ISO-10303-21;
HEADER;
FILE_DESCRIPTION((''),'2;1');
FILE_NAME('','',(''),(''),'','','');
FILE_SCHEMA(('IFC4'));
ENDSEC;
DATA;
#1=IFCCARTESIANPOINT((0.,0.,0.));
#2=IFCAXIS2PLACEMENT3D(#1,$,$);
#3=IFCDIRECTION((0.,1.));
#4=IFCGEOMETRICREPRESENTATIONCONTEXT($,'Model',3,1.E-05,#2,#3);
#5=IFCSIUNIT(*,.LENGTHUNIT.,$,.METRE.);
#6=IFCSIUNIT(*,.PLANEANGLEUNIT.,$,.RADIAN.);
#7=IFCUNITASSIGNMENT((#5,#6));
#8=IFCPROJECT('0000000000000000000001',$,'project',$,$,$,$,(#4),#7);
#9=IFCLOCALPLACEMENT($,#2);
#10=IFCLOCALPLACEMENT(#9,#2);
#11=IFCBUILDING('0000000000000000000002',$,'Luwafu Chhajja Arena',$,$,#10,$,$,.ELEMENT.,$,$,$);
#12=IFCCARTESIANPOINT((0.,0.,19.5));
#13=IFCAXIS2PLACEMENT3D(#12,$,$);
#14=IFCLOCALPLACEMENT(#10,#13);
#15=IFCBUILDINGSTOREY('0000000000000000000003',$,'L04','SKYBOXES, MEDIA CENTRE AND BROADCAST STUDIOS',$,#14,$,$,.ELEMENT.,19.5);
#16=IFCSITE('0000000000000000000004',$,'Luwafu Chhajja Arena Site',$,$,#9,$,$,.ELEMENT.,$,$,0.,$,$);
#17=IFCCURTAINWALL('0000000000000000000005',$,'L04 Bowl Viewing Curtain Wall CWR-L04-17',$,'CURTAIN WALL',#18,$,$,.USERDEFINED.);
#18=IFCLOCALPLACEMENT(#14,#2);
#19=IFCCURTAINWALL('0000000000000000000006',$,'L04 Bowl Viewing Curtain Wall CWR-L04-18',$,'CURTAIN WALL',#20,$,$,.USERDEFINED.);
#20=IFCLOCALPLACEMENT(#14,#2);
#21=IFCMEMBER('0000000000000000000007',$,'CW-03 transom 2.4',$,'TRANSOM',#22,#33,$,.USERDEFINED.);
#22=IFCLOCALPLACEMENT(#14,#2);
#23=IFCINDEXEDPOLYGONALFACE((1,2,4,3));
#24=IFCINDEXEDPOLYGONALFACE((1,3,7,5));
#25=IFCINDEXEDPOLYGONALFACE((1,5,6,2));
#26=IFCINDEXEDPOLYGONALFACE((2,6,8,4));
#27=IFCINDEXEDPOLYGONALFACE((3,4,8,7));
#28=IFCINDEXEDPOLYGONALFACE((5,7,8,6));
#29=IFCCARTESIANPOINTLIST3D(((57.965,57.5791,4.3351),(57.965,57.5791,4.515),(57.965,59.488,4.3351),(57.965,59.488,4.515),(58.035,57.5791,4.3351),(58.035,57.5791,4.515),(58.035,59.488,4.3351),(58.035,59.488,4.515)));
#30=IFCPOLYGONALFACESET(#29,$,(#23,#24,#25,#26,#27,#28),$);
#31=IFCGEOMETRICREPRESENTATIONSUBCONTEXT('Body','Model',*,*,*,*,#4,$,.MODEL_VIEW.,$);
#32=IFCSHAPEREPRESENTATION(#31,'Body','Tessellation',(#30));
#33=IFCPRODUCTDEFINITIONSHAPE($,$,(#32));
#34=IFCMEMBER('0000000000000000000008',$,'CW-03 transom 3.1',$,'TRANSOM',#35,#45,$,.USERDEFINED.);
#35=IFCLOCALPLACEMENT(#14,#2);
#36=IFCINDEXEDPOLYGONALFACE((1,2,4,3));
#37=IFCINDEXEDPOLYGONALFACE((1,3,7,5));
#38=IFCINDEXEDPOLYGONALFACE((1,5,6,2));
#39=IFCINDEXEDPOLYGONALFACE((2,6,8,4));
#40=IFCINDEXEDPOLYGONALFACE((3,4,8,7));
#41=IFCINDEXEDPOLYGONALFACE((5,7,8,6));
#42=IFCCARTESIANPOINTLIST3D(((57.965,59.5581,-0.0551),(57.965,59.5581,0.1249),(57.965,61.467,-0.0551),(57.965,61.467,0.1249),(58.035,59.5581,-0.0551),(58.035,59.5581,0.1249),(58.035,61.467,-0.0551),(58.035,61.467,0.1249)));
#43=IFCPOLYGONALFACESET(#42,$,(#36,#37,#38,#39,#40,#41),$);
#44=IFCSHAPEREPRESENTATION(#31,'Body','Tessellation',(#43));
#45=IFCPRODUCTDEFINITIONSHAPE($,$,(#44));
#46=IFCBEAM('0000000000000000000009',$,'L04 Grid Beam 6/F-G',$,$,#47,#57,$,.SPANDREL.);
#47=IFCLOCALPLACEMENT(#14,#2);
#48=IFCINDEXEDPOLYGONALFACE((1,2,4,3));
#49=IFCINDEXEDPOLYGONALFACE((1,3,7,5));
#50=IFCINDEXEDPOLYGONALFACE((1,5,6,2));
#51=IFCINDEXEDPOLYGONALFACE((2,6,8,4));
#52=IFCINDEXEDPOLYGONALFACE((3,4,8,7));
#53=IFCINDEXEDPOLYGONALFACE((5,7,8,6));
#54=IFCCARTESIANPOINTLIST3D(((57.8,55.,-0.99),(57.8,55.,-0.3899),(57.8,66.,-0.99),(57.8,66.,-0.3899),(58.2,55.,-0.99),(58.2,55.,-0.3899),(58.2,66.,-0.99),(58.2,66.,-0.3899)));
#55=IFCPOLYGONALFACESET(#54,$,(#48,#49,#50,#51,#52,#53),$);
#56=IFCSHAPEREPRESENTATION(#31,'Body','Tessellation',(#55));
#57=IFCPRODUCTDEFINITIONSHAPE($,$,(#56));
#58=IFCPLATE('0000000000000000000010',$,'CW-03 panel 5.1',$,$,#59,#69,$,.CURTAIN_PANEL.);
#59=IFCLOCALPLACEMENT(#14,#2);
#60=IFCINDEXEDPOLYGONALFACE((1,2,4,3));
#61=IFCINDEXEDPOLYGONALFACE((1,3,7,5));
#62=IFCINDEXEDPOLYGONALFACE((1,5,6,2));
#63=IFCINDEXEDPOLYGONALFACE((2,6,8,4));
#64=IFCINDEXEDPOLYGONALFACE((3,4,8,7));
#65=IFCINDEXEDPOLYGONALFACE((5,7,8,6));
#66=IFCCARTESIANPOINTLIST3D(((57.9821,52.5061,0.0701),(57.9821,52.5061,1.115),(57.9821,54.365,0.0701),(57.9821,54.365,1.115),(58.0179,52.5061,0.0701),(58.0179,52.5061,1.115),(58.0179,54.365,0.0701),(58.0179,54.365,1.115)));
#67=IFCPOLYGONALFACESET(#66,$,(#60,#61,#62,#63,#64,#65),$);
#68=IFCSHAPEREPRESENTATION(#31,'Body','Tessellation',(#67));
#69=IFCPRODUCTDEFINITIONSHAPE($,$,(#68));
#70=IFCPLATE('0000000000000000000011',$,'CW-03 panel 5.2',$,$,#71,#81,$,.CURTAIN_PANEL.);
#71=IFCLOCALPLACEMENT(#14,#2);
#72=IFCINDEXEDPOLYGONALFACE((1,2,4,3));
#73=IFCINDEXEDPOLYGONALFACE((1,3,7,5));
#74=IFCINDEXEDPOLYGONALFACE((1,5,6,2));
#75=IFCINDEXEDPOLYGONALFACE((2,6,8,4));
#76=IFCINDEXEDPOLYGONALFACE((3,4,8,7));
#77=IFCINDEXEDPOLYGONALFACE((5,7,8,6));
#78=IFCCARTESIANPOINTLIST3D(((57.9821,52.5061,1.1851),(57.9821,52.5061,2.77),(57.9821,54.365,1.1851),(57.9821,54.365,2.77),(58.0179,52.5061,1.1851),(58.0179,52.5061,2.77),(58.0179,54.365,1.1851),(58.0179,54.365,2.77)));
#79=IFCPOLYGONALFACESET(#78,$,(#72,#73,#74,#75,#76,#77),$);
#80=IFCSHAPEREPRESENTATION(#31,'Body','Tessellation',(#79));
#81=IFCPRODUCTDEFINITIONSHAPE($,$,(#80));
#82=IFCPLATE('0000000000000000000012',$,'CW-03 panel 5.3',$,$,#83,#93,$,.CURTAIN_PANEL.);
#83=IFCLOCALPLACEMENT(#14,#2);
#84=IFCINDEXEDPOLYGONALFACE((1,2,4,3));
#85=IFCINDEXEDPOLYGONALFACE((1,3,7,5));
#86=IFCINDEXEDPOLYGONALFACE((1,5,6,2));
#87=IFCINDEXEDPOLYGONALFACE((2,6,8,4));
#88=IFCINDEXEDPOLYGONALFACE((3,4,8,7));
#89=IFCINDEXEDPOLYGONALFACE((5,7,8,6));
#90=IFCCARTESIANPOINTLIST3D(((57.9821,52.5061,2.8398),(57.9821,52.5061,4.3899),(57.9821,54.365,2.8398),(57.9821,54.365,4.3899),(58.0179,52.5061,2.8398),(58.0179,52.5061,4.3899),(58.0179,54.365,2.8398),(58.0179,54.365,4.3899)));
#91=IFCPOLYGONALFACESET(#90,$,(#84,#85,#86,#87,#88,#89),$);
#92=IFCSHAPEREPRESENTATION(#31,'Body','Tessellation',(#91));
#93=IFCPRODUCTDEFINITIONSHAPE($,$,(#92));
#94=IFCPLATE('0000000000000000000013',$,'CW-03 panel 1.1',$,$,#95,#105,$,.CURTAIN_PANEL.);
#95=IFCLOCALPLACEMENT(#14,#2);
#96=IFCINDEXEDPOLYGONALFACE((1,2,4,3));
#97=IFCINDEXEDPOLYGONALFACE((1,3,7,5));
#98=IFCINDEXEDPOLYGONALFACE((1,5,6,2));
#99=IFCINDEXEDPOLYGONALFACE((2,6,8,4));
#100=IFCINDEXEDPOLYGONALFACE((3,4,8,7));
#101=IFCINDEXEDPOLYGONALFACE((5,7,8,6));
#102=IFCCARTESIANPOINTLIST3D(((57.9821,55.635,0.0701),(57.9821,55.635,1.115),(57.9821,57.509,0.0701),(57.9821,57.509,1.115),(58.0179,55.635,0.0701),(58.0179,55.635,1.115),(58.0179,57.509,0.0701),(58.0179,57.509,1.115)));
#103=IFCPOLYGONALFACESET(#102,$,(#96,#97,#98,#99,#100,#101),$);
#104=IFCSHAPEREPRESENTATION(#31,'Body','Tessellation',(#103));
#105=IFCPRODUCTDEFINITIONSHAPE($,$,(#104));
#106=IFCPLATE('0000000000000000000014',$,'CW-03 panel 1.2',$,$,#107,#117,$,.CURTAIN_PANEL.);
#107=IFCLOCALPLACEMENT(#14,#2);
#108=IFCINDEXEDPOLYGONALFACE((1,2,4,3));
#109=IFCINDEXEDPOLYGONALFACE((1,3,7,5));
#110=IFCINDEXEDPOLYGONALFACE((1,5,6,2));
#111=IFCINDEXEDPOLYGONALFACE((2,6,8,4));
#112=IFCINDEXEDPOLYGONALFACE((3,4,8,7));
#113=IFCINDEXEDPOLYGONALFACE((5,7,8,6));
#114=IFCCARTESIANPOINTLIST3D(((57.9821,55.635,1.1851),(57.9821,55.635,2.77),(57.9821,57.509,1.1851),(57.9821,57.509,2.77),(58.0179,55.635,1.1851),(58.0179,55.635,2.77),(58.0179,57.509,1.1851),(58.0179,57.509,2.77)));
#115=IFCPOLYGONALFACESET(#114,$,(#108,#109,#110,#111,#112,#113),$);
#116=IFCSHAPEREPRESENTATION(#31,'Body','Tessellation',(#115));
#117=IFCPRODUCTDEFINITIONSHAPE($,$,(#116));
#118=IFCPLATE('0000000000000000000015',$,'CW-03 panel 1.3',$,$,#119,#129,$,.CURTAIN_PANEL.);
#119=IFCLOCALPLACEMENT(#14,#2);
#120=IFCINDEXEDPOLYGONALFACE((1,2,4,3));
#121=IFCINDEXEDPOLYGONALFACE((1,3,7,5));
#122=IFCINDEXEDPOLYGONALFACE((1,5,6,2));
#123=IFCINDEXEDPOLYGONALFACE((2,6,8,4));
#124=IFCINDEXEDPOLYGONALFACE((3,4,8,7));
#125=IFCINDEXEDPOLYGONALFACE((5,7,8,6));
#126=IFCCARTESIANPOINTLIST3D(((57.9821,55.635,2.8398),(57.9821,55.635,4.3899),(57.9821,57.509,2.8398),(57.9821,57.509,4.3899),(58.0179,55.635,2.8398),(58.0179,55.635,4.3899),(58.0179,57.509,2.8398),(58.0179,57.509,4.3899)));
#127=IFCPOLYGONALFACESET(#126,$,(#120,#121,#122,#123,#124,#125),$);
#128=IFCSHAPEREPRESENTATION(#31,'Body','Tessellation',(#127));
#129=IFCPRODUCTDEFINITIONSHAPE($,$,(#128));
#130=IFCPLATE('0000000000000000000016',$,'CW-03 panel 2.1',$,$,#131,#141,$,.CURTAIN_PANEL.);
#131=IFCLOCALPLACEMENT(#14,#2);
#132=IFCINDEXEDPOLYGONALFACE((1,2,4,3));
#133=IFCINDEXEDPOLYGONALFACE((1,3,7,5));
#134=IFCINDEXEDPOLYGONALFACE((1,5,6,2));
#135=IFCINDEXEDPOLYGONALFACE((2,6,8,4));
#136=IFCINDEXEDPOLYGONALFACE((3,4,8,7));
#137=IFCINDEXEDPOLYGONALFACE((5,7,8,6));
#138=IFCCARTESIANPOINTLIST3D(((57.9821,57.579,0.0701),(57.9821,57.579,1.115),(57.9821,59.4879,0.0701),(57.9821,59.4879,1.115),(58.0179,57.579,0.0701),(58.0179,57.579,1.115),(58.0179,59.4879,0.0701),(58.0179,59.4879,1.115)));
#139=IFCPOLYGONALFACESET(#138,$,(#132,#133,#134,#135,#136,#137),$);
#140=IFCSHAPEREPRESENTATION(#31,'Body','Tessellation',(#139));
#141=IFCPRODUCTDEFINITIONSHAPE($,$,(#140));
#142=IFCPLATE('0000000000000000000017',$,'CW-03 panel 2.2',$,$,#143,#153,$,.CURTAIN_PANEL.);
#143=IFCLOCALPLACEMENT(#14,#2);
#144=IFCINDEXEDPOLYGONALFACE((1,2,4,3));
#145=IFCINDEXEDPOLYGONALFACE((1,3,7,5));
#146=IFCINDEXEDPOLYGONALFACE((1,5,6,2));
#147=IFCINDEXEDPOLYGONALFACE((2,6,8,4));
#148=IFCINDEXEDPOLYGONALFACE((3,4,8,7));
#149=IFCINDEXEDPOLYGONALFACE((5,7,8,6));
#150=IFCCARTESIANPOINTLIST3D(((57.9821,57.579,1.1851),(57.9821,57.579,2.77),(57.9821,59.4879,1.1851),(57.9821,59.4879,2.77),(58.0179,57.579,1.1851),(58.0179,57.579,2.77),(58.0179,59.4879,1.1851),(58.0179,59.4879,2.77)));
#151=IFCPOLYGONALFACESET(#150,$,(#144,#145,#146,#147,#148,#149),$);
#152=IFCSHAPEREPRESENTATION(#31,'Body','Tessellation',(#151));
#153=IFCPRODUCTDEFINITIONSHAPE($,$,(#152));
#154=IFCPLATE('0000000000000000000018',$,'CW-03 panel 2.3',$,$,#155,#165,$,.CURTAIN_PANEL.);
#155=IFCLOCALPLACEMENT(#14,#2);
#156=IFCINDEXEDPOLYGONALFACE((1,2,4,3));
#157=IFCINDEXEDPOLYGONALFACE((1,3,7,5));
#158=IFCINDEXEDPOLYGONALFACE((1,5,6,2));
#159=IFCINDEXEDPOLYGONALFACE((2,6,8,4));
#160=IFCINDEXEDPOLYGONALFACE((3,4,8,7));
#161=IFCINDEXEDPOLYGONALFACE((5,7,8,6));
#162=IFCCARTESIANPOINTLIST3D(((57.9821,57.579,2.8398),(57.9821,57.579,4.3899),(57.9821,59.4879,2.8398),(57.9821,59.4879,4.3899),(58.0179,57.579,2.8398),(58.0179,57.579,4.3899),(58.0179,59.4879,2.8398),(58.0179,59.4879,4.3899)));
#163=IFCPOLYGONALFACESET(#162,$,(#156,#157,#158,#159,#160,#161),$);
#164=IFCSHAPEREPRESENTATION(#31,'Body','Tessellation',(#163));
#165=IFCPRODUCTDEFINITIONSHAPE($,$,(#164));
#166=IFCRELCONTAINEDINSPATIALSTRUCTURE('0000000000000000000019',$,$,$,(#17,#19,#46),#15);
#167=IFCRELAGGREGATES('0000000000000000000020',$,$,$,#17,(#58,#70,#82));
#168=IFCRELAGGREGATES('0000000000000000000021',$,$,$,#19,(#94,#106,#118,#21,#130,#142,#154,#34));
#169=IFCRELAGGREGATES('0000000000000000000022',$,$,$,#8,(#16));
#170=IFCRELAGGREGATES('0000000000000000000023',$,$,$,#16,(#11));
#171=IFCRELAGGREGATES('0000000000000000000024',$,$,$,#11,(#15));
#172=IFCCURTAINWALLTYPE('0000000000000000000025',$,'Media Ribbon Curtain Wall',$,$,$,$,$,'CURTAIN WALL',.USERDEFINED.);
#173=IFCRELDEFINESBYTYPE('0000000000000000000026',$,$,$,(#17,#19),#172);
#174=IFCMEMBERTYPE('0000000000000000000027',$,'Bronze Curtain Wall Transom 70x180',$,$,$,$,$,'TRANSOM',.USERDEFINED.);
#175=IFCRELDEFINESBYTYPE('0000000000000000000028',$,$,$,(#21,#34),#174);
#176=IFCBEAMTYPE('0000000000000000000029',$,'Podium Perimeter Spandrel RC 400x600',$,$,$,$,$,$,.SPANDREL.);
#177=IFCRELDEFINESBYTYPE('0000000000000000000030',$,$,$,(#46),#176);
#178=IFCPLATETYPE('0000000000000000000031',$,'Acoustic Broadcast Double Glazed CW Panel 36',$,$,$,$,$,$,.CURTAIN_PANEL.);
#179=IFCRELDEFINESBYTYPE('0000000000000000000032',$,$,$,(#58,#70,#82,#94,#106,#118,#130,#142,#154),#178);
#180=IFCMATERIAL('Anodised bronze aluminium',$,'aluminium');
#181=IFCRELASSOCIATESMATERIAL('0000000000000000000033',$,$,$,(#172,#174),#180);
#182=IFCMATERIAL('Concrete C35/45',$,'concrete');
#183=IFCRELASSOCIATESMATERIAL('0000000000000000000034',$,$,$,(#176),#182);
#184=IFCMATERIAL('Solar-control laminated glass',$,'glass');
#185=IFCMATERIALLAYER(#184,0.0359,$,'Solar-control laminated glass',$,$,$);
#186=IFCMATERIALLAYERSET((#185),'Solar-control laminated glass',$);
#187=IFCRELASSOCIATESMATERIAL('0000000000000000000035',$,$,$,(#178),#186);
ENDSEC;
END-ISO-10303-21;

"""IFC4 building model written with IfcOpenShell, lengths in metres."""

from ifc_helpers import new_model, si_unit, direction, frame, origin, origin_2d, place, context, subcontext, project, spatial, rectangle, extrude, material, layer, layer_set, material_profile, profile_set, type_object, element, aggregate, save


model = new_model("IFC4")

# Units and contexts
model_context = context("Model", 3, precision=1e-05, world=origin(), true_north=direction((0.0, 1.0)))
body_context = subcontext(model_context, "Body", "Model", "MODEL_VIEW")
ifc_project = project(units=[si_unit("LENGTHUNIT", "METRE"), si_unit("PLANEANGLEUNIT", "RADIAN")], contexts=[model_context])

# Site, building, storey
site_placement = place(None, origin())
site = spatial("IfcSite", under=ifc_project, at=site_placement, Name="Luwafu Chhajja Arena Site", CompositionType="ELEMENT", RefElevation=0.0)
building_placement = place(site_placement, origin())
building = spatial("IfcBuilding", under=site, at=building_placement, Name="Luwafu Chhajja Arena", CompositionType="ELEMENT")
storey_placement = place(building_placement, frame((0.0, 0.0, 19.5)))
storey = spatial("IfcBuildingStorey", under=building, at=storey_placement, Name="L04", Description="SKYBOXES, MEDIA CENTRE AND BROADCAST STUDIOS", CompositionType="ELEMENT", Elevation=19.5)

# Shared definitions
ifc_material_1 = material(Name="Concrete C35/45", Category="concrete")

# Curtain wall
ifc_material_2 = material(Name="Anodised bronze aluminium", Category="aluminium")
curtain_wall_type = type_object("IfcCurtainWallType", Name="Media Ribbon Curtain Wall", ElementType="CURTAIN WALL", PredefinedType="USERDEFINED", material=ifc_material_2)
curtain_wall_1_placement = place(storey_placement, origin())
curtain_wall_1 = element("IfcCurtainWall", 1, at=curtain_wall_1_placement, inside=storey, type_object=curtain_wall_type, Name="L04 Bowl Viewing Curtain Wall CWR-L04-17", ObjectType="CURTAIN WALL", PredefinedType="USERDEFINED")

# Curtain wall
curtain_wall_2_placement = place(storey_placement, origin())
curtain_wall_2 = element("IfcCurtainWall", 2, at=curtain_wall_2_placement, inside=storey, type_object=curtain_wall_type, Name="L04 Bowl Viewing Curtain Wall CWR-L04-18", ObjectType="CURTAIN WALL", PredefinedType="USERDEFINED")

# Members
ifc_material_profile_1 = material_profile(ifc_material_2, rectangle(XDim=0.0701, YDim=0.1799, at=origin_2d()), Name="CWT 70x180")
ifc_profile_set_1 = profile_set([ifc_material_profile_1], Name="Anodised bronze aluminium")
member_type_1 = type_object("IfcMemberType", Name="Bronze Curtain Wall Transom 70x180", ElementType="TRANSOM", PredefinedType="USERDEFINED", material=ifc_profile_set_1)
member_1_placement = place(storey_placement, frame((58.0, 57.5791, 4.425), z_axis=(0.0, 1.0, 0.0), x_axis=(-1.0, 0.0, 0.0)))
member_1 = element("IfcMember", 3, at=member_1_placement, type_object=member_type_1, Name="CW-03 transom 2.4", ObjectType="TRANSOM", PredefinedType="USERDEFINED", context=body_context, shape_type="SweptSolid", body=[
    extrude(rectangle(XDim=0.0701, YDim=0.1799, at=origin_2d()), origin(), (0.0, 0.0, 1.0), 1.9089),
])
member_2_placement = place(storey_placement, frame((58.0, 59.5581, 0.0349), z_axis=(0.0, 1.0, 0.0), x_axis=(-1.0, 0.0, 0.0)))
member_2 = element("IfcMember", 4, at=member_2_placement, type_object=member_type_1, Name="CW-03 transom 3.1", ObjectType="TRANSOM", PredefinedType="USERDEFINED", context=body_context, shape_type="SweptSolid", body=[
    extrude(rectangle(XDim=0.0701, YDim=0.1799, at=origin_2d()), origin(), (0.0, 0.0, 1.0), 1.9089),
])

# Beam
ifc_material_profile_2 = material_profile(ifc_material_1, rectangle(XDim=0.3999, YDim=0.6001, at=origin_2d()), Name="RC 400x600")
ifc_profile_set_2 = profile_set([ifc_material_profile_2], Name="Concrete C35/45")
beam_type = type_object("IfcBeamType", Name="Podium Perimeter Spandrel RC 400x600", PredefinedType="SPANDREL", material=ifc_profile_set_2)
beam_placement = place(storey_placement, frame((58.0, 55.0, -0.6899), z_axis=(0.0, 1.0, 0.0), x_axis=(-1.0, 0.0, 0.0)))
element("IfcBeam", 5, at=beam_placement, inside=storey, type_object=beam_type, Name="L04 Grid Beam 6/F-G", PredefinedType="SPANDREL", context=body_context, shape_type="SweptSolid", body=[
    extrude(rectangle(XDim=0.3999, YDim=0.6001, at=origin_2d()), origin(), (0.0, 0.0, 1.0), 11.0),
])

# Plates
ifc_material_3 = material(Name="Solar-control laminated glass", Category="glass")
ifc_layer = layer(ifc_material_3, 0.0359, Name="Solar-control laminated glass")
ifc_layer_set = layer_set([ifc_layer], Name="Solar-control laminated glass")
plate_type = type_object("IfcPlateType", Name="Acoustic Broadcast Double Glazed CW Panel 36", PredefinedType="CURTAIN_PANEL", material=ifc_layer_set)
plate_1_placement = place(storey_placement, frame((58.0, 53.4355, 0.0701), z_axis=(0.0, 0.0, 1.0), x_axis=(0.0, 1.0, 0.0)))
plate_1 = element("IfcPlate", 6, at=plate_1_placement, type_object=plate_type, Name="CW-03 panel 5.1", PredefinedType="CURTAIN_PANEL", context=body_context, shape_type="SweptSolid", body=[
    extrude(rectangle(XDim=1.8589, YDim=0.0359, at=origin_2d()), origin(), (0.0, 0.0, 1.0), 1.0449),
])
plate_2_placement = place(storey_placement, frame((58.0, 53.4355, 1.1851), z_axis=(0.0, 0.0, 1.0), x_axis=(0.0, 1.0, 0.0)))
plate_2 = element("IfcPlate", 7, at=plate_2_placement, type_object=plate_type, Name="CW-03 panel 5.2", PredefinedType="CURTAIN_PANEL", context=body_context, shape_type="SweptSolid", body=[
    extrude(rectangle(XDim=1.8589, YDim=0.0359, at=origin_2d()), origin(), (0.0, 0.0, 1.0), 1.585),
])
plate_3_placement = place(storey_placement, frame((58.0, 53.4355, 2.8398), z_axis=(0.0, 0.0, 1.0), x_axis=(0.0, 1.0, 0.0)))
plate_3 = element("IfcPlate", 8, at=plate_3_placement, type_object=plate_type, Name="CW-03 panel 5.3", PredefinedType="CURTAIN_PANEL", context=body_context, shape_type="SweptSolid", body=[
    extrude(rectangle(XDim=1.8589, YDim=0.0359, at=origin_2d()), origin(), (0.0, 0.0, 1.0), 1.55),
])
aggregate(curtain_wall_1, [plate_1, plate_2, plate_3])
plate_4_placement = place(storey_placement, frame((58.0, 56.572, 0.0701), z_axis=(0.0, 0.0, 1.0), x_axis=(0.0, 1.0, 0.0)))
plate_4 = element("IfcPlate", 9, at=plate_4_placement, type_object=plate_type, Name="CW-03 panel 1.1", PredefinedType="CURTAIN_PANEL", context=body_context, shape_type="SweptSolid", body=[
    extrude(rectangle(XDim=1.874, YDim=0.0359, at=origin_2d()), origin(), (0.0, 0.0, 1.0), 1.0449),
])
plate_5_placement = place(storey_placement, frame((58.0, 56.572, 1.1851), z_axis=(0.0, 0.0, 1.0), x_axis=(0.0, 1.0, 0.0)))
plate_5 = element("IfcPlate", 10, at=plate_5_placement, type_object=plate_type, Name="CW-03 panel 1.2", PredefinedType="CURTAIN_PANEL", context=body_context, shape_type="SweptSolid", body=[
    extrude(rectangle(XDim=1.874, YDim=0.0359, at=origin_2d()), origin(), (0.0, 0.0, 1.0), 1.585),
])
plate_6_placement = place(storey_placement, frame((58.0, 56.572, 2.8398), z_axis=(0.0, 0.0, 1.0), x_axis=(0.0, 1.0, 0.0)))
plate_6 = element("IfcPlate", 11, at=plate_6_placement, type_object=plate_type, Name="CW-03 panel 1.3", PredefinedType="CURTAIN_PANEL", context=body_context, shape_type="SweptSolid", body=[
    extrude(rectangle(XDim=1.874, YDim=0.0359, at=origin_2d()), origin(), (0.0, 0.0, 1.0), 1.55),
])
plate_7_placement = place(storey_placement, frame((58.0, 58.5334, 0.0701), z_axis=(0.0, 0.0, 1.0), x_axis=(0.0, 1.0, 0.0)))
plate_7 = element("IfcPlate", 12, at=plate_7_placement, type_object=plate_type, Name="CW-03 panel 2.1", PredefinedType="CURTAIN_PANEL", context=body_context, shape_type="SweptSolid", body=[
    extrude(rectangle(XDim=1.9089, YDim=0.0359, at=origin_2d()), origin(), (0.0, 0.0, 1.0), 1.0449),
])
plate_8_placement = place(storey_placement, frame((58.0, 58.5334, 1.1851), z_axis=(0.0, 0.0, 1.0), x_axis=(0.0, 1.0, 0.0)))
plate_8 = element("IfcPlate", 13, at=plate_8_placement, type_object=plate_type, Name="CW-03 panel 2.2", PredefinedType="CURTAIN_PANEL", context=body_context, shape_type="SweptSolid", body=[
    extrude(rectangle(XDim=1.9089, YDim=0.0359, at=origin_2d()), origin(), (0.0, 0.0, 1.0), 1.585),
])
plate_9_placement = place(storey_placement, frame((58.0, 58.5334, 2.8398), z_axis=(0.0, 0.0, 1.0), x_axis=(0.0, 1.0, 0.0)))
plate_9 = element("IfcPlate", 14, at=plate_9_placement, type_object=plate_type, Name="CW-03 panel 2.3", PredefinedType="CURTAIN_PANEL", context=body_context, shape_type="SweptSolid", body=[
    extrude(rectangle(XDim=1.9089, YDim=0.0359, at=origin_2d()), origin(), (0.0, 0.0, 1.0), 1.55),
])
aggregate(curtain_wall_2, [plate_4, plate_5, plate_6, member_1, plate_7, plate_8, plate_9, member_2])

save(model, "model.ifc")
